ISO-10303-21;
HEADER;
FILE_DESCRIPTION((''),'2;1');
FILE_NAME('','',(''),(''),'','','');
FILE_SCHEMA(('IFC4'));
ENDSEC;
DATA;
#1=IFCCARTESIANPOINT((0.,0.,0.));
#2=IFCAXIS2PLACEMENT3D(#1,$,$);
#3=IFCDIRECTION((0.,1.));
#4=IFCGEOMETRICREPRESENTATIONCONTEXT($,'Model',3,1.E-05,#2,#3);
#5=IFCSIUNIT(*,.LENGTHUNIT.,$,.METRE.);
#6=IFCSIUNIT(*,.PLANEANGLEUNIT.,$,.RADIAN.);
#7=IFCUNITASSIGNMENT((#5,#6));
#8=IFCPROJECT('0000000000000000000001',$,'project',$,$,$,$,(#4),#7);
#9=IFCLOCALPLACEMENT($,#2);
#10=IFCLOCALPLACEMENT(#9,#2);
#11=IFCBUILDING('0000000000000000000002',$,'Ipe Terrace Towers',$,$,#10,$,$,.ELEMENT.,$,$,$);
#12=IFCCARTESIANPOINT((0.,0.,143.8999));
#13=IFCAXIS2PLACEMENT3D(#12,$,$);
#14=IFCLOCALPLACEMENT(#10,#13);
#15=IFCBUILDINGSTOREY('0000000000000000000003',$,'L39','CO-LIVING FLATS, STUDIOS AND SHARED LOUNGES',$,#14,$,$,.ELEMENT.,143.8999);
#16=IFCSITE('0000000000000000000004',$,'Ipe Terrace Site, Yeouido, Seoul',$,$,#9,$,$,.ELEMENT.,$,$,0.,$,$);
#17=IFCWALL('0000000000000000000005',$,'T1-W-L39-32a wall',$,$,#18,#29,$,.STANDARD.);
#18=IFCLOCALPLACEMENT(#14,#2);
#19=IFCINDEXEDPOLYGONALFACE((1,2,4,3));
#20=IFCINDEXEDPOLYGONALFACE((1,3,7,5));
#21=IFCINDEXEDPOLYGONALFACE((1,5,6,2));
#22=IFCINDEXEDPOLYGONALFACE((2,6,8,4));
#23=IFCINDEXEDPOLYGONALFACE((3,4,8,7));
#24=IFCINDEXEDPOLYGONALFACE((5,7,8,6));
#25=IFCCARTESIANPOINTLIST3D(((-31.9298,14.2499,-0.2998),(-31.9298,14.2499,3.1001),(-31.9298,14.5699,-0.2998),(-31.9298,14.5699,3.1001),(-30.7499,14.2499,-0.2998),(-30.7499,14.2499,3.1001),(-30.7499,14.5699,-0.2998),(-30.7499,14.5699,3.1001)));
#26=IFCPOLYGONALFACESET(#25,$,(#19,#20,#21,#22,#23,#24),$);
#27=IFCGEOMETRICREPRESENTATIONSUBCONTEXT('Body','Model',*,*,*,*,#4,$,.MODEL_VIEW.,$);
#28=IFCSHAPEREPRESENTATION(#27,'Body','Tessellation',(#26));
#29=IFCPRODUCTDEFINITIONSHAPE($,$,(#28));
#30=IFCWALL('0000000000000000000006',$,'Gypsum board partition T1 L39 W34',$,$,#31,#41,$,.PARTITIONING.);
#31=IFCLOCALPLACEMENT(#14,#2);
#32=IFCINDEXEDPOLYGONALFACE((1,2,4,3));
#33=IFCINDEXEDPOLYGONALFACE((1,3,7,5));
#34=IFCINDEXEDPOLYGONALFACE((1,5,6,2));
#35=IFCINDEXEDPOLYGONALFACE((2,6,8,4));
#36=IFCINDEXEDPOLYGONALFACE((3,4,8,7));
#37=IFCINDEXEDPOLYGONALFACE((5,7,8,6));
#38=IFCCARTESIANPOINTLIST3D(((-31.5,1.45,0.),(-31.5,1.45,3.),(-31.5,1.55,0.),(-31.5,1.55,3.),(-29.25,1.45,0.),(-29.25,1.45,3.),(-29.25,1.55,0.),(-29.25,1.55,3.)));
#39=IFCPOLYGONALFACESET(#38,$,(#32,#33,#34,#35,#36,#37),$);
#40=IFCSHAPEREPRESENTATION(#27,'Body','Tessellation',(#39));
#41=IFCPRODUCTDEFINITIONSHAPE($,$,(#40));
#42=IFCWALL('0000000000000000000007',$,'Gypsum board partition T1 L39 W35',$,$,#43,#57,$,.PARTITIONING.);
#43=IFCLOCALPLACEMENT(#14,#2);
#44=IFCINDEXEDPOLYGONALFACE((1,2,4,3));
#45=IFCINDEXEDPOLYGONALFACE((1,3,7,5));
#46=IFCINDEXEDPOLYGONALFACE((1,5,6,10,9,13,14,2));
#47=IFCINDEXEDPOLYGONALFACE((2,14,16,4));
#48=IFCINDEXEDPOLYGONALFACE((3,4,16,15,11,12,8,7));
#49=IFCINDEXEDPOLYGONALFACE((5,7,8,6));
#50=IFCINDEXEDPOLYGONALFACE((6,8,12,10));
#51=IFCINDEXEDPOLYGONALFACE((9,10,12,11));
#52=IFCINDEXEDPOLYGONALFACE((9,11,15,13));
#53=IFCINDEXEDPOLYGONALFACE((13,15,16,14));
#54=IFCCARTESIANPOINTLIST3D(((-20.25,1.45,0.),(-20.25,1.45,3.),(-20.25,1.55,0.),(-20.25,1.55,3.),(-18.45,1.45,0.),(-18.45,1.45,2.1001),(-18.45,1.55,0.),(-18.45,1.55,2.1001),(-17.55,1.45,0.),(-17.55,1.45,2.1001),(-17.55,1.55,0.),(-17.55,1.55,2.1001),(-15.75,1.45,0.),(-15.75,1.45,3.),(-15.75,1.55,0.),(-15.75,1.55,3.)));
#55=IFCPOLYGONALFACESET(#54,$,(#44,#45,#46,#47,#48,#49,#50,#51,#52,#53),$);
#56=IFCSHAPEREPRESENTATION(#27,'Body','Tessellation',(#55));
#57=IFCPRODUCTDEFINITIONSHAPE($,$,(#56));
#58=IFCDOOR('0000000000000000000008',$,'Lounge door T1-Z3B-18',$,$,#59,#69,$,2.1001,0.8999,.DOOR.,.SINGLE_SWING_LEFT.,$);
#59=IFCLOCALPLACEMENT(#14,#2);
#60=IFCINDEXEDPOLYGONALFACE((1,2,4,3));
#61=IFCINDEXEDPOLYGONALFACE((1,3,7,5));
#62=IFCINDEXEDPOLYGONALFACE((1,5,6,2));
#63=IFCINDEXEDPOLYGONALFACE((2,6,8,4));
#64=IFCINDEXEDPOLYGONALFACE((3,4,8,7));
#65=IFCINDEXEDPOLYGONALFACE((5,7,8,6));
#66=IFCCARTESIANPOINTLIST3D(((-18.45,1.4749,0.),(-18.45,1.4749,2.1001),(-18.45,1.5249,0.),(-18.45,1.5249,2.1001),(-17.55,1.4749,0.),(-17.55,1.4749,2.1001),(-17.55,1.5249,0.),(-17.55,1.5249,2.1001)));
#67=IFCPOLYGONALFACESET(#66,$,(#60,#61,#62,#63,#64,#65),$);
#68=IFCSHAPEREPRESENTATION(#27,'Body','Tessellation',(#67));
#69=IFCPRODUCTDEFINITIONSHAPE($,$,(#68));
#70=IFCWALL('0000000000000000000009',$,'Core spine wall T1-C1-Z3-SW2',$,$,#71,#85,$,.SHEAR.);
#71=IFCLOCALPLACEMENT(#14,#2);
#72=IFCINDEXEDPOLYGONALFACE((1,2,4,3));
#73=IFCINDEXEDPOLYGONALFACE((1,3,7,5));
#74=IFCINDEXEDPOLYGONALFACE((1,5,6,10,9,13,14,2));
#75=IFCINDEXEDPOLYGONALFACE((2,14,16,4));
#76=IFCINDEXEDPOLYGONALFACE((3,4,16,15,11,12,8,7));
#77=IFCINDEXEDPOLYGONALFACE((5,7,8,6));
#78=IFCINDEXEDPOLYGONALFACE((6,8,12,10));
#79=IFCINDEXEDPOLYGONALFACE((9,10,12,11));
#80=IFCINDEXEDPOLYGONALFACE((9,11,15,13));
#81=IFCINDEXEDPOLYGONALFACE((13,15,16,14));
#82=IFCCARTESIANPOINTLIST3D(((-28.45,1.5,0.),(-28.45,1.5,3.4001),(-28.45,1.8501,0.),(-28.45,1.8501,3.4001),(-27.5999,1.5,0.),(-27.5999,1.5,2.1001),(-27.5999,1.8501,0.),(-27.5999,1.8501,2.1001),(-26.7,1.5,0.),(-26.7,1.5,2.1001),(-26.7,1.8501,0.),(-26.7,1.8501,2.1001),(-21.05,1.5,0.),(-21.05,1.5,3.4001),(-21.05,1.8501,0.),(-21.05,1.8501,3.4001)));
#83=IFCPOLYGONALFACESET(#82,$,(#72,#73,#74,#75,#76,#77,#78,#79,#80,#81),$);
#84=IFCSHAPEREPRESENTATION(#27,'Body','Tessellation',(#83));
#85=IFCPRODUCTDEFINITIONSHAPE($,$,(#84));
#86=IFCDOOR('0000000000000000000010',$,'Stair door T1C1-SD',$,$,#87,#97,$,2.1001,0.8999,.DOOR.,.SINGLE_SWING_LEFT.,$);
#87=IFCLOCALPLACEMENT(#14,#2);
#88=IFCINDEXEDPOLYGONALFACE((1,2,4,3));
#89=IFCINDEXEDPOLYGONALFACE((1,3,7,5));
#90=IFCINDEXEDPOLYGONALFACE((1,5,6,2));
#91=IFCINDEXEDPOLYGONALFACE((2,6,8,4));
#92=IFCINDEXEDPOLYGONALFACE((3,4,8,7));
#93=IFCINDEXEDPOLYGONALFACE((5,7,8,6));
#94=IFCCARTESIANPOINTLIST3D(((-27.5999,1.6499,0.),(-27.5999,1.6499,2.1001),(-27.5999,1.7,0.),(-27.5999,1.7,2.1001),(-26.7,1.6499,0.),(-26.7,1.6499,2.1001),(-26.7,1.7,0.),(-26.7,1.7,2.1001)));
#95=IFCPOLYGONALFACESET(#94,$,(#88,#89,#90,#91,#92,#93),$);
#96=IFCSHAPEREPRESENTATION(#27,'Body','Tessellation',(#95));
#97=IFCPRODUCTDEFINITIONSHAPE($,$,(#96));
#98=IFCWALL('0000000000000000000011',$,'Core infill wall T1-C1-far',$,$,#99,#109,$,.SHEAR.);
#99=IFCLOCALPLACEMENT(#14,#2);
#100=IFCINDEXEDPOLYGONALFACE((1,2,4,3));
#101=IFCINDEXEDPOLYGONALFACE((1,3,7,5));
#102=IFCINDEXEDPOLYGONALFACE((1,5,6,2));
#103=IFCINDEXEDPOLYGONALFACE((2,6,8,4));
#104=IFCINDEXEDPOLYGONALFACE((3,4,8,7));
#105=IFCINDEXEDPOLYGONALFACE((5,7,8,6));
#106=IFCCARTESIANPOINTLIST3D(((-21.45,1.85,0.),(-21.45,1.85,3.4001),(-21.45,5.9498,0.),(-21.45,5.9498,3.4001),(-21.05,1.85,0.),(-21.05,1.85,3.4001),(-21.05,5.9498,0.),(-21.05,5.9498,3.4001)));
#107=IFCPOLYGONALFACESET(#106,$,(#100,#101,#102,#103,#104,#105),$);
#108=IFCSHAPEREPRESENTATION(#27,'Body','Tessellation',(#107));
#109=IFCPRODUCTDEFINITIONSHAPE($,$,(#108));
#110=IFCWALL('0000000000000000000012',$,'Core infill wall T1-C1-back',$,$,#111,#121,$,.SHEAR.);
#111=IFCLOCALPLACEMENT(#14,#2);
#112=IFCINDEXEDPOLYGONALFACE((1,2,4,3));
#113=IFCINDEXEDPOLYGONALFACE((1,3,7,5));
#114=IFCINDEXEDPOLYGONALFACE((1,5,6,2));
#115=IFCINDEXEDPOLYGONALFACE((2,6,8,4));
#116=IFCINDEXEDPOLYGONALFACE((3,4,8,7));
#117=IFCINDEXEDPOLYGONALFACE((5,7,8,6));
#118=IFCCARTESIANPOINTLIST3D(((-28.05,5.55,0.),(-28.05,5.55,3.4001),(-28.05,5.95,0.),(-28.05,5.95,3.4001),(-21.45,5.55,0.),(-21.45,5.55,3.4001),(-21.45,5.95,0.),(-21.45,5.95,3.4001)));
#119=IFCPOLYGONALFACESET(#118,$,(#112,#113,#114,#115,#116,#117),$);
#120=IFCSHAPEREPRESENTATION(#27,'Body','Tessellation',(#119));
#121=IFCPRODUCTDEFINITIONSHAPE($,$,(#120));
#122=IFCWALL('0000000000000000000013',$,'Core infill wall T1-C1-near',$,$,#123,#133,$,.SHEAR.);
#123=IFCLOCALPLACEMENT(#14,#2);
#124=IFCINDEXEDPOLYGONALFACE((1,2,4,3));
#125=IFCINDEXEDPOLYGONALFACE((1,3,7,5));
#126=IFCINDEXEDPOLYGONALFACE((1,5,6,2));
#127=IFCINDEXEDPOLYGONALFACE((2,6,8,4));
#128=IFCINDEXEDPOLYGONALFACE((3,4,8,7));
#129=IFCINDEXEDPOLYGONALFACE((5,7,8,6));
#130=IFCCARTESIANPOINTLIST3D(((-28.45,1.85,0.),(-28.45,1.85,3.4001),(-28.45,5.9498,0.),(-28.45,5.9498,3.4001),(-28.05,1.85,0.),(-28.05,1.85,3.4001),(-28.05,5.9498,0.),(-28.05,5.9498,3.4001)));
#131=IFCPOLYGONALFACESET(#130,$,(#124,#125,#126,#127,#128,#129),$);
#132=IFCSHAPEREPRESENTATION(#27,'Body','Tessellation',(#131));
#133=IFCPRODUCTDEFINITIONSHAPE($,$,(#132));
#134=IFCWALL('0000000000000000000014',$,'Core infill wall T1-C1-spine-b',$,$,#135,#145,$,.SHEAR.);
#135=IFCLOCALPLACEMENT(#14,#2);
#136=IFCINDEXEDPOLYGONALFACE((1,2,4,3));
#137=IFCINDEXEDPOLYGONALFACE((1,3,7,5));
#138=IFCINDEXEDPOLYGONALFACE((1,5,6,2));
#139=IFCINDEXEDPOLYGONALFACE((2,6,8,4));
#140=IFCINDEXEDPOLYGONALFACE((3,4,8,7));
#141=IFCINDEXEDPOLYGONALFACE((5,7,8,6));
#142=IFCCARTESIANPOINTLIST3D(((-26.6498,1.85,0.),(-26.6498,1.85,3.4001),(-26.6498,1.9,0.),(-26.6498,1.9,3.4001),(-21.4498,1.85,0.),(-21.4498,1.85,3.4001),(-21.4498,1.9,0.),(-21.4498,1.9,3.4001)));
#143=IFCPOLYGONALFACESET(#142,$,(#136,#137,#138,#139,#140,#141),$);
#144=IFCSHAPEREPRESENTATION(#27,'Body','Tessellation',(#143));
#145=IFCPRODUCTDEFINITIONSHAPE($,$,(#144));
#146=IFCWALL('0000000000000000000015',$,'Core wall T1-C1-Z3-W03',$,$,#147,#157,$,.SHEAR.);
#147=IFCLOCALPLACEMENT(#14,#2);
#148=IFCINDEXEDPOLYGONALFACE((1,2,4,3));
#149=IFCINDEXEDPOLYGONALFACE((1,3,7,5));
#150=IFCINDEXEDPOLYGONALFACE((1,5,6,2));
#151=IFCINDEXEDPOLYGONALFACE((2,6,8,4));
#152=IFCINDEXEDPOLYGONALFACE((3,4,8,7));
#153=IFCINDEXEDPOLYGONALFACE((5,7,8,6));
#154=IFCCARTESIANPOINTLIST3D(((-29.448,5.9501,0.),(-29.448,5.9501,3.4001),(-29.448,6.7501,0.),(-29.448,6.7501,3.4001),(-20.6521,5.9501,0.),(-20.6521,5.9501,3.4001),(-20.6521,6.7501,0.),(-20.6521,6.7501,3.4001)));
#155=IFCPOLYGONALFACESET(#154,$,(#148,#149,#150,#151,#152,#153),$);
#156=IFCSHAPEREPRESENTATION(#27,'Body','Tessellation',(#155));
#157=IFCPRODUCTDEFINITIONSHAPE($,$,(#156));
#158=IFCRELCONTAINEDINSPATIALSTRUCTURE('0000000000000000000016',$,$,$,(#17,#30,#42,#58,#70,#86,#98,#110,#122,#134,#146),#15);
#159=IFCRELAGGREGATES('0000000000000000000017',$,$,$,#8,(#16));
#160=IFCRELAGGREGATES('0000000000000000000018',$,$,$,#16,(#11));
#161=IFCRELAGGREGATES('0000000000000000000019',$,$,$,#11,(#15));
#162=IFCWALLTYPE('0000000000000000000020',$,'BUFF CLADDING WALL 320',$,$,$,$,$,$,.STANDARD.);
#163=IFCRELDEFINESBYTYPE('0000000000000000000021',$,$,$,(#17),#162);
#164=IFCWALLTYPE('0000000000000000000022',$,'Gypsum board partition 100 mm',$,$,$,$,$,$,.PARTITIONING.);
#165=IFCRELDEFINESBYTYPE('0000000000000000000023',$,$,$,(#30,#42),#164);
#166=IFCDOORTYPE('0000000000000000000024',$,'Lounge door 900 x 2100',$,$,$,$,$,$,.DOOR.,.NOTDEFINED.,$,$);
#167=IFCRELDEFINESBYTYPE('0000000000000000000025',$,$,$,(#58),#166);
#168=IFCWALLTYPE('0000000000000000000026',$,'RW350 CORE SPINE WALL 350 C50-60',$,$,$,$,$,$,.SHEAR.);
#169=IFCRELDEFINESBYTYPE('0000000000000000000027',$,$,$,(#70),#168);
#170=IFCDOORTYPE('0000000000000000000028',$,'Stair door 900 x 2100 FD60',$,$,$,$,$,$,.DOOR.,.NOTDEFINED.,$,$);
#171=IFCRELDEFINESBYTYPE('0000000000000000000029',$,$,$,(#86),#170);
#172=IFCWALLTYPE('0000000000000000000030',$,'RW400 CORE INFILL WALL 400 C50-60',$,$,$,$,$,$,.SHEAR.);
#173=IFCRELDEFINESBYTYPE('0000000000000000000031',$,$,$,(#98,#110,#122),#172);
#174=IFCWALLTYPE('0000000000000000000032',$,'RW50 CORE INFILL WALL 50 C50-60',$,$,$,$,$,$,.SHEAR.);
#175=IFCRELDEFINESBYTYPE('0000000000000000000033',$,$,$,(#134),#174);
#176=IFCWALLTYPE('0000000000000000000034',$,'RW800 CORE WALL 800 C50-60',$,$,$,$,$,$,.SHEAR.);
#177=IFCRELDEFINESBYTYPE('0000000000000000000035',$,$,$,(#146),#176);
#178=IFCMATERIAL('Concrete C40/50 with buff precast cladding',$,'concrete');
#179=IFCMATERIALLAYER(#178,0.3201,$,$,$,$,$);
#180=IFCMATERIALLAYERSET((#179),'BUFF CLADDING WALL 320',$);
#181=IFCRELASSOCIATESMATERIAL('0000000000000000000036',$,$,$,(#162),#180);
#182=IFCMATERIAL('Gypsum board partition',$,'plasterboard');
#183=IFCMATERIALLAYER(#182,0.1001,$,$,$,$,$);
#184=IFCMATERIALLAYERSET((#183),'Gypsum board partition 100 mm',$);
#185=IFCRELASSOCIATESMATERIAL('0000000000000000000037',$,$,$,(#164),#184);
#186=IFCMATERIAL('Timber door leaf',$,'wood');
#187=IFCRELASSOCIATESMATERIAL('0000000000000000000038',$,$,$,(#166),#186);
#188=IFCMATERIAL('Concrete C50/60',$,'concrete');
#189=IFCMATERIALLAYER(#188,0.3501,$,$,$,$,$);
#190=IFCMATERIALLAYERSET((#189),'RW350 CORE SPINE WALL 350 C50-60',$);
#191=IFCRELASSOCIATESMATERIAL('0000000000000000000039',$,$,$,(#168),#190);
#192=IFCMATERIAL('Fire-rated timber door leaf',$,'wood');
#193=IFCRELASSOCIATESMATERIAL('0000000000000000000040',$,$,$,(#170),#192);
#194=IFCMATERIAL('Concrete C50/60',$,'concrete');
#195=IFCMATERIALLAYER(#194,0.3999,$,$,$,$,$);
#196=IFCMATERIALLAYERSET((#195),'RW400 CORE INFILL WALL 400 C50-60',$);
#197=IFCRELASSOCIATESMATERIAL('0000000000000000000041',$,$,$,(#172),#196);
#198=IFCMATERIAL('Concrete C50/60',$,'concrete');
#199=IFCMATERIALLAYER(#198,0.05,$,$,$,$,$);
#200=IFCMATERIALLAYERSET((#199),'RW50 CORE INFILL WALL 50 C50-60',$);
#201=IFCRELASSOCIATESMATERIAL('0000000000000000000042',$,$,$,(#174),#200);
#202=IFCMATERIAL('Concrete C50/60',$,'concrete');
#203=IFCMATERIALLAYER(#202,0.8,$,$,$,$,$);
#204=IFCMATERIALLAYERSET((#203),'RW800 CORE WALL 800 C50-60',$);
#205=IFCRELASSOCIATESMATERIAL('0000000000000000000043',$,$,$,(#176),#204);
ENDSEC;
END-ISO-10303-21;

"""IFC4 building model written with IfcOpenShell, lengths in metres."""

from ifc_helpers import new_model, si_unit, direction, frame, frame_2d, origin, place, context, subcontext, project, spatial, rectangle, extrude, material, layer, layer_set, type_object, element, fill, save


model = new_model("IFC4")

# Units and contexts
model_context = context("Model", 3, precision=1e-05, world=origin(), true_north=direction((0.0, 1.0)))
body_context = subcontext(model_context, "Body", "Model", "MODEL_VIEW")
ifc_project = project(units=[si_unit("LENGTHUNIT", "METRE"), si_unit("PLANEANGLEUNIT", "RADIAN")], contexts=[model_context])

# Site, building, storey
site_placement = place(None, origin())
site = spatial("IfcSite", under=ifc_project, at=site_placement, Name="Ipe Terrace Site, Yeouido, Seoul", CompositionType="ELEMENT", RefElevation=0.0)
building_placement = place(site_placement, origin())
building = spatial("IfcBuilding", under=site, at=building_placement, Name="Ipe Terrace Towers", CompositionType="ELEMENT")
storey_placement = place(building_placement, frame((0.0, 0.0, 143.8999)))
storey = spatial("IfcBuildingStorey", under=building, at=storey_placement, Name="L39", Description="CO-LIVING FLATS, STUDIOS AND SHARED LOUNGES", CompositionType="ELEMENT", Elevation=143.8999)

# Walls
ifc_material_1 = material(Name="Concrete C40/50 with buff precast cladding", Category="concrete")
ifc_layer_1 = layer(ifc_material_1, 0.3201)
ifc_layer_set_1 = layer_set([ifc_layer_1], Name="BUFF CLADDING WALL 320")
wall_type_1 = type_object("IfcWallType", Name="BUFF CLADDING WALL 320", PredefinedType="STANDARD", material=ifc_layer_set_1)
wall_1_placement = place(storey_placement, frame((-30.75, 14.4099, -0.2998), z_axis=(0.0, 0.0, 1.0), x_axis=(-1.0, 0.0, 0.0)))
element("IfcWall", 1, at=wall_1_placement, inside=storey, type_object=wall_type_1, Name="T1-W-L39-32a wall", PredefinedType="STANDARD", context=body_context, shape_type="SweptSolid", body=[
    extrude(rectangle(XDim=1.1799, YDim=0.3201, at=frame_2d((0.5898, 0.0))), origin(), (0.0, 0.0, 1.0), 3.3999),
])
ifc_material_2 = material(Name="Gypsum board partition", Category="plasterboard")
ifc_layer_2 = layer(ifc_material_2, 0.1001)
ifc_layer_set_2 = layer_set([ifc_layer_2], Name="Gypsum board partition 100 mm")
wall_type_2 = type_object("IfcWallType", Name="Gypsum board partition 100 mm", PredefinedType="PARTITIONING", material=ifc_layer_set_2)
wall_2_placement = place(storey_placement, frame((-31.5, 1.5, 0.0), z_axis=(0.0, 0.0, 1.0), x_axis=(1.0, 0.0, 0.0)))
element("IfcWall", 2, at=wall_2_placement, inside=storey, type_object=wall_type_2, Name="Gypsum board partition T1 L39 W34", PredefinedType="PARTITIONING", context=body_context, shape_type="SweptSolid", body=[
    extrude(rectangle(XDim=2.25, YDim=0.1001, at=frame_2d((1.125, 0.0))), origin(), (0.0, 0.0, 1.0), 3.0),
])

# Walls, openings, doors
wall_3_placement = place(storey_placement, frame((-20.25, 1.5, 0.0), z_axis=(0.0, 0.0, 1.0), x_axis=(1.0, 0.0, 0.0)))
wall_3 = element("IfcWall", 3, at=wall_3_placement, inside=storey, type_object=wall_type_2, Name="Gypsum board partition T1 L39 W35", PredefinedType="PARTITIONING", context=body_context, shape_type="SweptSolid", body=[
    extrude(rectangle(XDim=4.5, YDim=0.1001, at=frame_2d((2.25, 0.0))), origin(), (0.0, 0.0, 1.0), 3.0),
])
opening_1_placement = place(wall_3_placement, frame((1.8, 0.0, 0.0)))
opening_1 = element("IfcOpeningElement", 4, at=opening_1_placement, cuts=wall_3, PredefinedType="OPENING", context=body_context, shape_type="SweptSolid", body=[
    extrude(rectangle(XDim=0.8999, YDim=2.1001, at=frame_2d((0.45, 1.05))), frame((0.0, 0.0601, 0.0), z_axis=(0.0, -1.0, 0.0), x_axis=(1.0, 0.0, 0.0)), (0.0, 0.0, 1.0), 0.1201),
])
ifc_material_3 = material(Name="Timber door leaf", Category="wood")
door_type_1 = type_object("IfcDoorType", Name="Lounge door 900 x 2100", OperationType="NOTDEFINED", PredefinedType="DOOR", material=ifc_material_3)
door_1_placement = place(opening_1_placement, origin())
door_1 = element("IfcDoor", 5, at=door_1_placement, inside=storey, type_object=door_type_1, Name="Lounge door T1-Z3B-18", OperationType="SINGLE_SWING_LEFT", OverallHeight=2.1001, OverallWidth=0.8999, PredefinedType="DOOR", context=body_context, shape_type="SweptSolid", body=[
    extrude(rectangle(XDim=0.8999, YDim=2.1001, at=frame_2d((0.45, 1.05))), frame((0.0, 0.0249, 0.0), z_axis=(0.0, -1.0, 0.0), x_axis=(1.0, 0.0, 0.0)), (0.0, 0.0, 1.0), 0.05),
])
fill(opening_1, door_1)
ifc_material_4 = material(Name="Concrete C50/60", Category="concrete")
ifc_layer_3 = layer(ifc_material_4, 0.3501)
ifc_layer_set_3 = layer_set([ifc_layer_3], Name="RW350 CORE SPINE WALL 350 C50-60")
wall_type_3 = type_object("IfcWallType", Name="RW350 CORE SPINE WALL 350 C50-60", PredefinedType="SHEAR", material=ifc_layer_set_3)
wall_4_placement = place(storey_placement, frame((-28.45, 1.675, 0.0), z_axis=(0.0, 0.0, 1.0), x_axis=(1.0, 0.0, 0.0)))
wall_4 = element("IfcWall", 6, at=wall_4_placement, inside=storey, type_object=wall_type_3, Name="Core spine wall T1-C1-Z3-SW2", PredefinedType="SHEAR", context=body_context, shape_type="SweptSolid", body=[
    extrude(rectangle(XDim=7.3999, YDim=0.3501, at=frame_2d((3.7, 0.0))), origin(), (0.0, 0.0, 1.0), 3.4001),
])
opening_2_placement = place(wall_4_placement, frame((0.8501, 0.0, 0.0)))
opening_2 = element("IfcOpeningElement", 7, at=opening_2_placement, cuts=wall_4, PredefinedType="OPENING", context=body_context, shape_type="SweptSolid", body=[
    extrude(rectangle(XDim=0.8999, YDim=2.1001, at=frame_2d((0.45, 1.05))), frame((0.0, 0.1851, 0.0), z_axis=(0.0, -1.0, 0.0), x_axis=(1.0, 0.0, 0.0)), (0.0, 0.0, 1.0), 0.3701),
])
ifc_material_5 = material(Name="Fire-rated timber door leaf", Category="wood")
door_type_2 = type_object("IfcDoorType", Name="Stair door 900 x 2100 FD60", OperationType="NOTDEFINED", PredefinedType="DOOR", material=ifc_material_5)
door_2_placement = place(opening_2_placement, origin())
door_2 = element("IfcDoor", 8, at=door_2_placement, inside=storey, type_object=door_type_2, Name="Stair door T1C1-SD", OperationType="SINGLE_SWING_LEFT", OverallHeight=2.1001, OverallWidth=0.8999, PredefinedType="DOOR", context=body_context, shape_type="SweptSolid", body=[
    extrude(rectangle(XDim=0.8999, YDim=2.1001, at=frame_2d((0.45, 1.05))), frame((0.0, 0.0249, 0.0), z_axis=(0.0, -1.0, 0.0), x_axis=(1.0, 0.0, 0.0)), (0.0, 0.0, 1.0), 0.05),
])
fill(opening_2, door_2)

# Walls
ifc_material_6 = material(Name="Concrete C50/60", Category="concrete")
ifc_layer_4 = layer(ifc_material_6, 0.3999)
ifc_layer_set_4 = layer_set([ifc_layer_4], Name="RW400 CORE INFILL WALL 400 C50-60")
wall_type_4 = type_object("IfcWallType", Name="RW400 CORE INFILL WALL 400 C50-60", PredefinedType="SHEAR", material=ifc_layer_set_4)
wall_5_placement = place(storey_placement, frame((-21.25, 1.8501, 0.0), z_axis=(0.0, 0.0, 1.0), x_axis=(0.0, 1.0, 0.0)))
element("IfcWall", 9, at=wall_5_placement, inside=storey, type_object=wall_type_4, Name="Core infill wall T1-C1-far", PredefinedType="SHEAR", context=body_context, shape_type="SweptSolid", body=[
    extrude(rectangle(XDim=4.0999, YDim=0.3999, at=frame_2d((2.0498, 0.0))), origin(), (0.0, 0.0, 1.0), 3.4001),
])
wall_6_placement = place(storey_placement, frame((-28.05, 5.75, 0.0), z_axis=(0.0, 0.0, 1.0), x_axis=(1.0, 0.0, 0.0)))
element("IfcWall", 10, at=wall_6_placement, inside=storey, type_object=wall_type_4, Name="Core infill wall T1-C1-back", PredefinedType="SHEAR", context=body_context, shape_type="SweptSolid", body=[
    extrude(rectangle(XDim=6.6001, YDim=0.3999, at=frame_2d((3.3, 0.0))), origin(), (0.0, 0.0, 1.0), 3.4001),
])
wall_7_placement = place(storey_placement, frame((-28.25, 1.8501, 0.0), z_axis=(0.0, 0.0, 1.0), x_axis=(0.0, 1.0, 0.0)))
element("IfcWall", 11, at=wall_7_placement, inside=storey, type_object=wall_type_4, Name="Core infill wall T1-C1-near", PredefinedType="SHEAR", context=body_context, shape_type="SweptSolid", body=[
    extrude(rectangle(XDim=4.0999, YDim=0.3999, at=frame_2d((2.0498, 0.0))), origin(), (0.0, 0.0, 1.0), 3.4001),
])
ifc_material_7 = material(Name="Concrete C50/60", Category="concrete")
ifc_layer_5 = layer(ifc_material_7, 0.05)
ifc_layer_set_5 = layer_set([ifc_layer_5], Name="RW50 CORE INFILL WALL 50 C50-60")
wall_type_5 = type_object("IfcWallType", Name="RW50 CORE INFILL WALL 50 C50-60", PredefinedType="SHEAR", material=ifc_layer_set_5)
wall_8_placement = place(storey_placement, frame((-26.6499, 1.875, 0.0), z_axis=(0.0, 0.0, 1.0), x_axis=(1.0, 0.0, 0.0)))
element("IfcWall", 12, at=wall_8_placement, inside=storey, type_object=wall_type_5, Name="Core infill wall T1-C1-spine-b", PredefinedType="SHEAR", context=body_context, shape_type="SweptSolid", body=[
    extrude(rectangle(XDim=5.2, YDim=0.05, at=frame_2d((2.6001, 0.0))), origin(), (0.0, 0.0, 1.0), 3.4001),
])
ifc_material_8 = material(Name="Concrete C50/60", Category="concrete")
ifc_layer_6 = layer(ifc_material_8, 0.8)
ifc_layer_set_6 = layer_set([ifc_layer_6], Name="RW800 CORE WALL 800 C50-60")
wall_type_6 = type_object("IfcWallType", Name="RW800 CORE WALL 800 C50-60", PredefinedType="SHEAR", material=ifc_layer_set_6)
wall_9_placement = place(storey_placement, frame((-20.6521, 6.3501, 0.0), z_axis=(0.0, 0.0, 1.0), x_axis=(-1.0, 0.0, 0.0)))
element("IfcWall", 13, at=wall_9_placement, inside=storey, type_object=wall_type_6, Name="Core wall T1-C1-Z3-W03", PredefinedType="SHEAR", context=body_context, shape_type="SweptSolid", body=[
    extrude(rectangle(XDim=8.7959, YDim=0.8, at=frame_2d((4.3979, 0.0))), origin(), (0.0, 0.0, 1.0), 3.4001),
])

save(model, "model.ifc")
